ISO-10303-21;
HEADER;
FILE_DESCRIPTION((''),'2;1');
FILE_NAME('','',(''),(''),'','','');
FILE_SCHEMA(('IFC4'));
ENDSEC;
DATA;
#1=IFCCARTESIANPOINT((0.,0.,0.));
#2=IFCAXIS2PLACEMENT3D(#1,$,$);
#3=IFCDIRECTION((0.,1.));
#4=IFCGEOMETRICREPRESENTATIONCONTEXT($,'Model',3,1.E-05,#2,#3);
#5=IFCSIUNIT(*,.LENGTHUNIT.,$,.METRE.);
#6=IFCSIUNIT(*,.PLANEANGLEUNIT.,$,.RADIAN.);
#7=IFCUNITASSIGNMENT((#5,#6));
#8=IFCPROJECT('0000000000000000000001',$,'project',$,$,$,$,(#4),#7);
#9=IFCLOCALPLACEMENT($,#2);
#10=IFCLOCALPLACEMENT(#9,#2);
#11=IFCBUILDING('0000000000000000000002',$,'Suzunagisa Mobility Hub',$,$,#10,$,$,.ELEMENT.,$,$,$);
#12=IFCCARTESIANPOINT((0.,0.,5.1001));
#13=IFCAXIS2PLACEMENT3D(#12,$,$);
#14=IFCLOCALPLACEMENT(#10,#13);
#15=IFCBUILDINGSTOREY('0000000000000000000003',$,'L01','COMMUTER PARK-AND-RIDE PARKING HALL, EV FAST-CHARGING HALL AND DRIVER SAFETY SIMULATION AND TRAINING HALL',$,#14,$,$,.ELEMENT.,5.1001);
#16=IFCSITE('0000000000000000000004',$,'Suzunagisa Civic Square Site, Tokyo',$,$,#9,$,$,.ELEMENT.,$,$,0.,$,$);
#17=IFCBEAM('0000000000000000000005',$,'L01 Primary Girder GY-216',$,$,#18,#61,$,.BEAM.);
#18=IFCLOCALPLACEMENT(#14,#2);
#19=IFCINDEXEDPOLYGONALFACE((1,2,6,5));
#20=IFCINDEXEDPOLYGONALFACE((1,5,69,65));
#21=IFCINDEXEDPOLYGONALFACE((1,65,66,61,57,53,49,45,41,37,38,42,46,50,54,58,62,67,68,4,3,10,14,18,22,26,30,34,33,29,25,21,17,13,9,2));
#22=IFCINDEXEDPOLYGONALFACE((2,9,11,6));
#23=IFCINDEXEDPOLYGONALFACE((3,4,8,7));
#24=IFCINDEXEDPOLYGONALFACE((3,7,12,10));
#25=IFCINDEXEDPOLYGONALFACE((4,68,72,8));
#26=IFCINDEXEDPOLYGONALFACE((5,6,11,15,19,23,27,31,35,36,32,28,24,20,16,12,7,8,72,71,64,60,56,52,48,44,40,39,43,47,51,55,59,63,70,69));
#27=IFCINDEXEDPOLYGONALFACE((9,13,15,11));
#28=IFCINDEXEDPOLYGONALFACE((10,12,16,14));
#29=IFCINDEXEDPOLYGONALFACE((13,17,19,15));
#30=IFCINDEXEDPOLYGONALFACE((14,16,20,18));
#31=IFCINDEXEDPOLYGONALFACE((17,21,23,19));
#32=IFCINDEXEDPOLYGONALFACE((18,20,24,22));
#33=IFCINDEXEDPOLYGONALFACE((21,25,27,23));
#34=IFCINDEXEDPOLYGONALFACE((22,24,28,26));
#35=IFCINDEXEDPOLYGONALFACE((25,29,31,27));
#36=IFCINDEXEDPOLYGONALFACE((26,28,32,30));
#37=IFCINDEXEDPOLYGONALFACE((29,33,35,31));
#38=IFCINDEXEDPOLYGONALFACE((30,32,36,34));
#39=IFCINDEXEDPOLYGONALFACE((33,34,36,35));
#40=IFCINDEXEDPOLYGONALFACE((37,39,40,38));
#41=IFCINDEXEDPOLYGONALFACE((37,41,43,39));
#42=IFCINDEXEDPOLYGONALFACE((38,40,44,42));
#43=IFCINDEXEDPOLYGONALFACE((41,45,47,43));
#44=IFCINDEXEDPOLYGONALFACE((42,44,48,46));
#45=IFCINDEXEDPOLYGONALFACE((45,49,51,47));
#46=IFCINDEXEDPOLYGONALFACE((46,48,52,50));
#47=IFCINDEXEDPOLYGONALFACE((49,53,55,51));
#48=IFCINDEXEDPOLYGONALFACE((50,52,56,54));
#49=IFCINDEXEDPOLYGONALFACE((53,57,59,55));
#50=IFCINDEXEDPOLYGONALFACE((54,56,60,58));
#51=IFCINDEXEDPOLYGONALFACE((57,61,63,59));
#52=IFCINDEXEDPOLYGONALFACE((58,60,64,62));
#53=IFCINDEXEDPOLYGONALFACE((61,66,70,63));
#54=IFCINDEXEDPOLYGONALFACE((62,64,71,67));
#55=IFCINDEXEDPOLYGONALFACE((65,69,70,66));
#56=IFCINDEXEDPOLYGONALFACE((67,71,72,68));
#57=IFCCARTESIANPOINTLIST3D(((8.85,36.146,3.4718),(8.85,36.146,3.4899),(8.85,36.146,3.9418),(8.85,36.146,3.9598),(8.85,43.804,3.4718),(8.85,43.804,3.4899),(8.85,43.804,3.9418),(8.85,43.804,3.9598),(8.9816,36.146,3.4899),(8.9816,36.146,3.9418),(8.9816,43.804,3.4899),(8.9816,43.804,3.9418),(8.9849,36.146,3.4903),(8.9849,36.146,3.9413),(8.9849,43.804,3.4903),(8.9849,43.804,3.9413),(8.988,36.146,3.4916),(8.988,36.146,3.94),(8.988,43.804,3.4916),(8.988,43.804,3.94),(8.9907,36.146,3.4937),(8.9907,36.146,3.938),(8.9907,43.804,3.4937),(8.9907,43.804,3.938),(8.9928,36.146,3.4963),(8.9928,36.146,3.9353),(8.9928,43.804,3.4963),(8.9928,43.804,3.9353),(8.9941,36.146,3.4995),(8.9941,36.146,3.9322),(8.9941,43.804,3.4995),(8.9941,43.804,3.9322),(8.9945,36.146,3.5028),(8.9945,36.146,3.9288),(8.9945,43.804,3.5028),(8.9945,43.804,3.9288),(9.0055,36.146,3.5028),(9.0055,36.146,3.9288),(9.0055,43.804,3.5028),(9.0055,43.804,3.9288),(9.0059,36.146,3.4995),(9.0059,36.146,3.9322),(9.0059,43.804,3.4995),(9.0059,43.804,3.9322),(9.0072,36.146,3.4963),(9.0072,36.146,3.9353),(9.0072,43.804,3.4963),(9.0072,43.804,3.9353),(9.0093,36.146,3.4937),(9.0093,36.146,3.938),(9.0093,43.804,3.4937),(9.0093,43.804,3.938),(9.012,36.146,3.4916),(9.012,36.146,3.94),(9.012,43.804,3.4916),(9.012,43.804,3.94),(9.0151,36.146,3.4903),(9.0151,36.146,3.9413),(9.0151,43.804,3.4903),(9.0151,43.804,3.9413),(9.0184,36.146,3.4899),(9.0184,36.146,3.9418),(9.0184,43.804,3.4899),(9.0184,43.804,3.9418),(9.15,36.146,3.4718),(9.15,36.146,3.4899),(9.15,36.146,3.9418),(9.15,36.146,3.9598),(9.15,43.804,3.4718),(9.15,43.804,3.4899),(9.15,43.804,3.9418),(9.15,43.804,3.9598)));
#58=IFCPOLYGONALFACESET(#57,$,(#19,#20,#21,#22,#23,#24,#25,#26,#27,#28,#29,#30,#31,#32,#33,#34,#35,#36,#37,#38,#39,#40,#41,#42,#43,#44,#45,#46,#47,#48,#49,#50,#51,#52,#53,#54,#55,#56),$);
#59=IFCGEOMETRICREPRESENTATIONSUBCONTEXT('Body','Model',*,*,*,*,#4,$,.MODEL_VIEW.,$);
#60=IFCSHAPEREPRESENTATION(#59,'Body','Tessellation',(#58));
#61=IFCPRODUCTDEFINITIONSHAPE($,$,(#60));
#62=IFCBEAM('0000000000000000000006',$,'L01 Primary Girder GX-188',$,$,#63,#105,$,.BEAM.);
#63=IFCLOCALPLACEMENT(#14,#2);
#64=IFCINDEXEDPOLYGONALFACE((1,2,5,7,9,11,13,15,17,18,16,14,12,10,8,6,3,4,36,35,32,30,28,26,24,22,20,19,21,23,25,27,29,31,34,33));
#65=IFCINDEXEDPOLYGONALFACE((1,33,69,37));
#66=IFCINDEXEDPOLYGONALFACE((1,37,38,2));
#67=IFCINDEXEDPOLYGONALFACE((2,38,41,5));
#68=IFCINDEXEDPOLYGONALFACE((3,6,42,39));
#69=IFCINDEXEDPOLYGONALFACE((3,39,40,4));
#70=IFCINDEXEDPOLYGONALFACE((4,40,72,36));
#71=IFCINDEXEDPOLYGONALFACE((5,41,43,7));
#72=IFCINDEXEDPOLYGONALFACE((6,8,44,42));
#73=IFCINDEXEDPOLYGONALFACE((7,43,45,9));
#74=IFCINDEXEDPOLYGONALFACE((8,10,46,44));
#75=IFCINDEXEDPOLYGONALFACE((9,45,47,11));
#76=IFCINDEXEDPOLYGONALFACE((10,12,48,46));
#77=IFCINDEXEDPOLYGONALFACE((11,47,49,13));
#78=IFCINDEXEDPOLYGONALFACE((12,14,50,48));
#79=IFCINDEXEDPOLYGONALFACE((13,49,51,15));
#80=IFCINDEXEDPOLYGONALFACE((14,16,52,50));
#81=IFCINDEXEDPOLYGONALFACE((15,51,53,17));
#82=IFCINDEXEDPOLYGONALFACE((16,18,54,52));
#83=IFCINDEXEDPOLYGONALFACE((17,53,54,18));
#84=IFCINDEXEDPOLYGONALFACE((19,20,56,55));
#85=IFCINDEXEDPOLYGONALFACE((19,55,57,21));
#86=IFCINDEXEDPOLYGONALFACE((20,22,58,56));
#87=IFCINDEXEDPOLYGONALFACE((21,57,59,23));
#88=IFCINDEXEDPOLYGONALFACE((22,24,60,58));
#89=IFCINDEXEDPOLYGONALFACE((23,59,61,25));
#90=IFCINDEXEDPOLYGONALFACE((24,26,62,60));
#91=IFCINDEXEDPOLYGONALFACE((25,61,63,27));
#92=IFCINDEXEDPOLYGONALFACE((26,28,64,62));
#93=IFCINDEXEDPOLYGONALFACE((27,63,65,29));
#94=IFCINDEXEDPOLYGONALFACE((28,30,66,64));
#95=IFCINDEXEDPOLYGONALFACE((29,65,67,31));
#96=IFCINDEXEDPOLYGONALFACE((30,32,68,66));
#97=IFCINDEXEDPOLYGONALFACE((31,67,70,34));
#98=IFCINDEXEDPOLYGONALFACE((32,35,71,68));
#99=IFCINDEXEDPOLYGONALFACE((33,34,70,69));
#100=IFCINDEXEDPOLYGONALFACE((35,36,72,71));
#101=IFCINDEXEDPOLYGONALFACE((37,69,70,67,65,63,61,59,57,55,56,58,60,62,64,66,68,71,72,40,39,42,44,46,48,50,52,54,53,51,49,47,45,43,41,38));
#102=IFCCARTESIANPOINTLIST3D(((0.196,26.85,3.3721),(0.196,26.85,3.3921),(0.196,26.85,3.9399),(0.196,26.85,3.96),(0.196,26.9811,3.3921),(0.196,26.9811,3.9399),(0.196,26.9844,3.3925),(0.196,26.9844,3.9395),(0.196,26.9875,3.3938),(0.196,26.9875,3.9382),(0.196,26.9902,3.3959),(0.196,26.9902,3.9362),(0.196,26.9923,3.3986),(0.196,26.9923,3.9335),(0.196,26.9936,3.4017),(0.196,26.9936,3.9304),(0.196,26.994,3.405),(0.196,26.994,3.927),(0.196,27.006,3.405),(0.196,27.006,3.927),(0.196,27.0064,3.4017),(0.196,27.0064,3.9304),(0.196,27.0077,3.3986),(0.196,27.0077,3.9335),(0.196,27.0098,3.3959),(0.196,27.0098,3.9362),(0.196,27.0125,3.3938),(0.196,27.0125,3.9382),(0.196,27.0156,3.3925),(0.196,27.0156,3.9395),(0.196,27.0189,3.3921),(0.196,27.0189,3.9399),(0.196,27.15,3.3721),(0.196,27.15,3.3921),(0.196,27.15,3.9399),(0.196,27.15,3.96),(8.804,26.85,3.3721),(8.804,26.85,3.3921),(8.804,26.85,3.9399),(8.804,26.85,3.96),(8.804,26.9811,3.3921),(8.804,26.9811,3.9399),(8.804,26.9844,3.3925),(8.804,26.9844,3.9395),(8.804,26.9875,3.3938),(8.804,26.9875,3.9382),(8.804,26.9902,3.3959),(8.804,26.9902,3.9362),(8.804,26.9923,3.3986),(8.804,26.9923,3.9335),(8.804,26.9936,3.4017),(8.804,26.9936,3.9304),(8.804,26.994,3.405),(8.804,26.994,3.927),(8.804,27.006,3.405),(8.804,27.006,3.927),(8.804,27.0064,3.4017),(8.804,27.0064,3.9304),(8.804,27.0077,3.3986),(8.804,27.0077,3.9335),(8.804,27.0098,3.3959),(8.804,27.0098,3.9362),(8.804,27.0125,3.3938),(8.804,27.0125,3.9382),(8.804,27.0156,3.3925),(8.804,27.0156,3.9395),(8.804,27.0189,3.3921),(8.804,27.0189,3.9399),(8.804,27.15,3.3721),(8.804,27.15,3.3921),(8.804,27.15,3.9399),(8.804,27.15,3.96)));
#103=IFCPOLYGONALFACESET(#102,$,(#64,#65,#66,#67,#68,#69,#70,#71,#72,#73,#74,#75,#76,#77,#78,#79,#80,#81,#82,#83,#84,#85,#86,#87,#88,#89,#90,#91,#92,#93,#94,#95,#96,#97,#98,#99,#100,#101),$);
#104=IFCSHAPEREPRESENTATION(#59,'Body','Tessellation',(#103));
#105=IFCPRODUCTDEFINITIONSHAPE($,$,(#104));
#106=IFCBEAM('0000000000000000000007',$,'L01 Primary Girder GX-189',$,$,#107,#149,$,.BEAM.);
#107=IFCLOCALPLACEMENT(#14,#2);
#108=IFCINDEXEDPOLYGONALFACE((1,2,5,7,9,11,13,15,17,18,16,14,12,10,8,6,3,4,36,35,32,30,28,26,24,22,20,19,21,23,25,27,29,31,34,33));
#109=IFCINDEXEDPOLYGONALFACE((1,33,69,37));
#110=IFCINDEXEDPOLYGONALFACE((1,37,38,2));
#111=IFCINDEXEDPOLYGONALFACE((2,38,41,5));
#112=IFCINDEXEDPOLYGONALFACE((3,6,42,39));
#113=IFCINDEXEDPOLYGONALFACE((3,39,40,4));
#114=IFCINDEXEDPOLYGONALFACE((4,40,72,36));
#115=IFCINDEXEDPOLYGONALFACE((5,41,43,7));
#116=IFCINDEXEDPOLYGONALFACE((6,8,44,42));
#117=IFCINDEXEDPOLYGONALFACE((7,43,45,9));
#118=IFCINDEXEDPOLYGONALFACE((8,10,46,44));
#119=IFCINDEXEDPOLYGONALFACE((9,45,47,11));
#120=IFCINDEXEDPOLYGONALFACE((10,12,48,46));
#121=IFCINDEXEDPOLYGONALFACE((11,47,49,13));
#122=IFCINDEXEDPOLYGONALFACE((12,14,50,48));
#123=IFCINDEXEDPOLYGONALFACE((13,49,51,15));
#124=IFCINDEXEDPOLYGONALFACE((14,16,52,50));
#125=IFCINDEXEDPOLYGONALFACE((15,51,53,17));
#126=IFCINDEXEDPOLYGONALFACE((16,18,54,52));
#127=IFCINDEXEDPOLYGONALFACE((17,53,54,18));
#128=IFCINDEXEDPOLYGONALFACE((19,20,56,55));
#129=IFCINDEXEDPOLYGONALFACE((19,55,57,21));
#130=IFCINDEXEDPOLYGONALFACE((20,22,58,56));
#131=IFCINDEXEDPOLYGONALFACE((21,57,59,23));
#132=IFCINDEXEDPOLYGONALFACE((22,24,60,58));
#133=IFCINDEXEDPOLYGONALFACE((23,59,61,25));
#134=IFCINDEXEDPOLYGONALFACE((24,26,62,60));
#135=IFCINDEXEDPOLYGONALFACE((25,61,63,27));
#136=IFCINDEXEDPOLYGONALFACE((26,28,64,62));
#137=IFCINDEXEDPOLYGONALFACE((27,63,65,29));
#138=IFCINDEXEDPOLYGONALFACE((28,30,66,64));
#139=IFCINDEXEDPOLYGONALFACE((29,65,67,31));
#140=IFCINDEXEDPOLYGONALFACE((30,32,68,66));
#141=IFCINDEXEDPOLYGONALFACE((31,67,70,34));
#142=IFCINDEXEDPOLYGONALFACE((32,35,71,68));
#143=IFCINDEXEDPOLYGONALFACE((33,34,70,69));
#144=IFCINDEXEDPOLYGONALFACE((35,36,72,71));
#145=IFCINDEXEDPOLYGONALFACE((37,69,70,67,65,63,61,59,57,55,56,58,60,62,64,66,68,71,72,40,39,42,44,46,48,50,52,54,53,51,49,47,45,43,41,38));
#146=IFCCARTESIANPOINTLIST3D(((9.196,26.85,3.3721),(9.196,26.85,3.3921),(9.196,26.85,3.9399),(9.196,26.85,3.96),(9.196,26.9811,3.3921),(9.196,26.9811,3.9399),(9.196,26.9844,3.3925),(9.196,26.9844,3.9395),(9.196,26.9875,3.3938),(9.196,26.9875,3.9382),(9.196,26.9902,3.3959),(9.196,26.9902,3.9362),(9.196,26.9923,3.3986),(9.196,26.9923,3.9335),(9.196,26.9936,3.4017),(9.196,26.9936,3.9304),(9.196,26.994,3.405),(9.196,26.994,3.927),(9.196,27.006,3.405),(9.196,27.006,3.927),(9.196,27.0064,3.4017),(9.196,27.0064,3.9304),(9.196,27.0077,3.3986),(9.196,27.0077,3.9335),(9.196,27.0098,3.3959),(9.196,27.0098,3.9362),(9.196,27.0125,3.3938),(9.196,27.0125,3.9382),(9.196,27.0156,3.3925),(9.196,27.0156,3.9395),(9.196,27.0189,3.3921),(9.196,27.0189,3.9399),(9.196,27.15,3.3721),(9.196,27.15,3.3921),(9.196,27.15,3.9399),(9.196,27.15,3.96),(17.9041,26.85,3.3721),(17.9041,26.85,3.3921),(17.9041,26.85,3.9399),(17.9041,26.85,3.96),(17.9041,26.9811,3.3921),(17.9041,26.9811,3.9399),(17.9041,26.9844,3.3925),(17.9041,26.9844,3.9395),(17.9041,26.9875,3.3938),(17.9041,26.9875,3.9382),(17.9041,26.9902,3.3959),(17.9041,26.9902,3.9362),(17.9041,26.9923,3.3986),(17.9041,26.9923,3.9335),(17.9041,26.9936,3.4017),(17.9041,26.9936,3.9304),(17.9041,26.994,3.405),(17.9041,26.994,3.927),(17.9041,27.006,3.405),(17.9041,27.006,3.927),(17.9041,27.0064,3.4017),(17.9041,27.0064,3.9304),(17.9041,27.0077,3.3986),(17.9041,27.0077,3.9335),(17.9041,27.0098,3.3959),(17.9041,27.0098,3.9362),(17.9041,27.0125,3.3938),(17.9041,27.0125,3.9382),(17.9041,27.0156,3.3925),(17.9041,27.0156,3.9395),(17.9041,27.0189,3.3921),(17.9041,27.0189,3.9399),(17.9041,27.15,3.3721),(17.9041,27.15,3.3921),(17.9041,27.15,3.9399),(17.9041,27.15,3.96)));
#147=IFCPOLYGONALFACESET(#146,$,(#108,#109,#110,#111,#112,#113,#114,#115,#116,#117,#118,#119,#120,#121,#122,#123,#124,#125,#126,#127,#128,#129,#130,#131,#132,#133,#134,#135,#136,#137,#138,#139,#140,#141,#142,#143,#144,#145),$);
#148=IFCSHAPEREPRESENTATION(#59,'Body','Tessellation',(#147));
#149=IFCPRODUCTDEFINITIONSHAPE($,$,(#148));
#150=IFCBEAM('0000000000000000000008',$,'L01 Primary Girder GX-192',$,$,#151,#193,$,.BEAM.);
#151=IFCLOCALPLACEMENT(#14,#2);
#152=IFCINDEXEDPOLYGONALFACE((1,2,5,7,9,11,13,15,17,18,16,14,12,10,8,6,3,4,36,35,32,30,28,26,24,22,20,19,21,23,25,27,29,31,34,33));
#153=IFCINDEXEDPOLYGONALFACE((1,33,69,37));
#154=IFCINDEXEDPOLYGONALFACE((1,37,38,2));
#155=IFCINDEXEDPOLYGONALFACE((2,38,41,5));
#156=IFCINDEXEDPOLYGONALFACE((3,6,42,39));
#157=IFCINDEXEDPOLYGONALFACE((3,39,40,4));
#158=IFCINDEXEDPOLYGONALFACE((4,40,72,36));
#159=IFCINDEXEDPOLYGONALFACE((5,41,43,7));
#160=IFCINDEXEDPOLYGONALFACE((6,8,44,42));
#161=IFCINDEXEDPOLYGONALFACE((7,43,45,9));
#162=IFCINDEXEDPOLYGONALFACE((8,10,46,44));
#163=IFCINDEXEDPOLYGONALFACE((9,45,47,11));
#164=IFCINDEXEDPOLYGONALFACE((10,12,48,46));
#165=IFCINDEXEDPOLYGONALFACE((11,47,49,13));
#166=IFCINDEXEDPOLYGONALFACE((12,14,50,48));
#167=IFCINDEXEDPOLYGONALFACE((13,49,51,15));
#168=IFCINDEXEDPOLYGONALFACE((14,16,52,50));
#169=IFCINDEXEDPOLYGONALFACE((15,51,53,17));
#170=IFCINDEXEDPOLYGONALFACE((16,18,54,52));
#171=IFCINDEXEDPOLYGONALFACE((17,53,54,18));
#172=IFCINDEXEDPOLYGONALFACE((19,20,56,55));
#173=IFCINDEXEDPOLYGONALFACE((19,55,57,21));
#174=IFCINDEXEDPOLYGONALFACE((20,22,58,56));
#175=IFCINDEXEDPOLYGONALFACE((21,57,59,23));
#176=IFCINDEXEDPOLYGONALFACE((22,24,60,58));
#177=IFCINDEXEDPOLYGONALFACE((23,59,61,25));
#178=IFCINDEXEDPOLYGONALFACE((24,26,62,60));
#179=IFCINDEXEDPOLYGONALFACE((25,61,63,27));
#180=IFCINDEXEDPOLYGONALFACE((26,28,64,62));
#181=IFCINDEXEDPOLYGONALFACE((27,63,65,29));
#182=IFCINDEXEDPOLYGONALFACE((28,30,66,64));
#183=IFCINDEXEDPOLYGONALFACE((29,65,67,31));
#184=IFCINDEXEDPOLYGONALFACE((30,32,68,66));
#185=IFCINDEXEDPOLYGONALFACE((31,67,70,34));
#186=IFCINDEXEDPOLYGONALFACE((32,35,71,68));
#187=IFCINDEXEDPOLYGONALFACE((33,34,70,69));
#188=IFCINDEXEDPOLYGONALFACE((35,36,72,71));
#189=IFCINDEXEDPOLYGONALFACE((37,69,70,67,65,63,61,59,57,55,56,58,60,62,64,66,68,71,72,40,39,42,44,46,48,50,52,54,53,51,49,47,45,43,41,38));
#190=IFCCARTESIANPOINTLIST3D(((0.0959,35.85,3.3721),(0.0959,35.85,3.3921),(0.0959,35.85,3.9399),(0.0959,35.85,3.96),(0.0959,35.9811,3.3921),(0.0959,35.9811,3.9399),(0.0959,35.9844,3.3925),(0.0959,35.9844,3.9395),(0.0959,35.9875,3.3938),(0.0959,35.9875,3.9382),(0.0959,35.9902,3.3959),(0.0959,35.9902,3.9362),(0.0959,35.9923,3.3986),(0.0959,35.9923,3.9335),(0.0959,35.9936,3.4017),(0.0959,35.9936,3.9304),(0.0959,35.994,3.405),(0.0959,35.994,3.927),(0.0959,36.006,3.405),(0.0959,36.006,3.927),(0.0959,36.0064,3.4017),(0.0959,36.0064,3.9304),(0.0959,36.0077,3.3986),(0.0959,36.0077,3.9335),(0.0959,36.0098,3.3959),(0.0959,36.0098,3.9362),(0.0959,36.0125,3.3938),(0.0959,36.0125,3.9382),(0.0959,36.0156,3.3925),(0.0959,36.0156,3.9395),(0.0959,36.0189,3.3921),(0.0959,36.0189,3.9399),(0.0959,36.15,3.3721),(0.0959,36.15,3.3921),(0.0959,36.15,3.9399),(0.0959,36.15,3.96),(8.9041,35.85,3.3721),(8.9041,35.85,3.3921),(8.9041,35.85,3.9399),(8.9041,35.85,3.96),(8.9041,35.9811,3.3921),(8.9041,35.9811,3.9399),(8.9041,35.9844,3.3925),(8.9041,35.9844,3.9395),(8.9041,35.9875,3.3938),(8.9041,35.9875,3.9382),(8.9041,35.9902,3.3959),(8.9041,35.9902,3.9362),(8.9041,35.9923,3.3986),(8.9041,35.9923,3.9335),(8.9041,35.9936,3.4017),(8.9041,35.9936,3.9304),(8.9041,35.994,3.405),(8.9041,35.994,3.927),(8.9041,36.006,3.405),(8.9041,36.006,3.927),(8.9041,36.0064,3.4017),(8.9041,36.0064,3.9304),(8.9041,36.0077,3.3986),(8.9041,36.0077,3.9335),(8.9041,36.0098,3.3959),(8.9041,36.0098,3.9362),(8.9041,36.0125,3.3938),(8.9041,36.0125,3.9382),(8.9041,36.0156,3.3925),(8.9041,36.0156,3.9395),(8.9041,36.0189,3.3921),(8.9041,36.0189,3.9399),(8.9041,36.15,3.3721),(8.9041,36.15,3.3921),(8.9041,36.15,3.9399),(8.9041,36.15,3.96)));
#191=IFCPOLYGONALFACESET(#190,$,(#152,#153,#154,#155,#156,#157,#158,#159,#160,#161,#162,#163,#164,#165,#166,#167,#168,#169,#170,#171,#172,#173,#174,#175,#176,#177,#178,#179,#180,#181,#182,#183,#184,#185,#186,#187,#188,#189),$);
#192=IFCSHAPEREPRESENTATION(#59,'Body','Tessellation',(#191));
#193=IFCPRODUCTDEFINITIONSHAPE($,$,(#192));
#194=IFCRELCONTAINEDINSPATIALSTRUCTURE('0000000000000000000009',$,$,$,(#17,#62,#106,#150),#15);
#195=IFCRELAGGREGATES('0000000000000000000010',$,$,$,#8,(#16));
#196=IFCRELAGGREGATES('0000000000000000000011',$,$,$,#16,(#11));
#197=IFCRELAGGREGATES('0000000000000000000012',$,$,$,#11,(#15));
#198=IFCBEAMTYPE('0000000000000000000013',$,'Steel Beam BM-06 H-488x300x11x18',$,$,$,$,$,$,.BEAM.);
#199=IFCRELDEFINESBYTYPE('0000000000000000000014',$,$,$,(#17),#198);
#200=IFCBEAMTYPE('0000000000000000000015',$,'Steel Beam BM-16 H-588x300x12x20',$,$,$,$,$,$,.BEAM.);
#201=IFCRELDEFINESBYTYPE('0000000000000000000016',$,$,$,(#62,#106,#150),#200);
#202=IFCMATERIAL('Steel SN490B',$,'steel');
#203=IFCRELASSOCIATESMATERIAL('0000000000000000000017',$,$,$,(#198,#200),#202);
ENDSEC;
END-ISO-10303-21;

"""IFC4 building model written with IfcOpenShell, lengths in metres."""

from ifc_helpers import new_model, si_unit, direction, frame, origin, origin_2d, place, context, subcontext, project, spatial, i_section, extrude, material, material_profile, profile_set, type_object, element, save


model = new_model("IFC4")

# Units and contexts
model_context = context("Model", 3, precision=1e-05, world=origin(), true_north=direction((0.0, 1.0)))
body_context = subcontext(model_context, "Body", "Model", "MODEL_VIEW")
ifc_project = project(units=[si_unit("LENGTHUNIT", "METRE"), si_unit("PLANEANGLEUNIT", "RADIAN")], contexts=[model_context])

# Site, building, storey
site_placement = place(None, origin())
site = spatial("IfcSite", under=ifc_project, at=site_placement, Name="Suzunagisa Civic Square Site, Tokyo", CompositionType="ELEMENT", RefElevation=0.0)
building_placement = place(site_placement, origin())
building = spatial("IfcBuilding", under=site, at=building_placement, Name="Suzunagisa Mobility Hub", CompositionType="ELEMENT")
storey_placement = place(building_placement, frame((0.0, 0.0, 5.1001)))
storey = spatial("IfcBuildingStorey", under=building, at=storey_placement, Name="L01", Description="COMMUTER PARK-AND-RIDE PARKING HALL, EV FAST-CHARGING HALL AND DRIVER SAFETY SIMULATION AND TRAINING HALL", CompositionType="ELEMENT", Elevation=5.1001)

# Shared definitions
ifc_material_1 = material(Name="Steel SN490B", Category="steel")

# Beams
ifc_material_profile_1 = material_profile(ifc_material_1, i_section(OverallWidth=0.3, OverallDepth=0.488, WebThickness=0.011, FlangeThickness=0.0181, FilletRadius=0.0129, at=origin_2d()), Name="H-488x300x11x18")
ifc_profile_set_1 = profile_set([ifc_material_profile_1], Name="Steel SN490B")
beam_type_1 = type_object("IfcBeamType", Name="Steel Beam BM-06 H-488x300x11x18", PredefinedType="BEAM", material=ifc_profile_set_1)
beam_1_placement = place(storey_placement, frame((9.0, 36.146, 3.7158), z_axis=(0.0, 1.0, 0.0), x_axis=(-1.0, 0.0, 0.0)))
element("IfcBeam", 1, at=beam_1_placement, inside=storey, type_object=beam_type_1, Name="L01 Primary Girder GY-216", PredefinedType="BEAM", context=body_context, shape_type="SweptSolid", body=[
    extrude(i_section(OverallWidth=0.3, OverallDepth=0.488, WebThickness=0.011, FlangeThickness=0.0181, FilletRadius=0.0129, at=origin_2d()), origin(), (0.0, 0.0, 1.0), 7.658),
])
ifc_material_profile_2 = material_profile(ifc_material_1, i_section(OverallWidth=0.3, OverallDepth=0.5879, WebThickness=0.012, FlangeThickness=0.02, FilletRadius=0.0129, at=origin_2d()), Name="H-588x300x12x20")
ifc_profile_set_2 = profile_set([ifc_material_profile_2], Name="Steel SN490B")
beam_type_2 = type_object("IfcBeamType", Name="Steel Beam BM-16 H-588x300x12x20", PredefinedType="BEAM", material=ifc_profile_set_2)
beam_2_placement = place(storey_placement, frame((0.196, 27.0, 3.666), z_axis=(1.0, 0.0, 0.0), x_axis=(0.0, 1.0, 0.0)))
element("IfcBeam", 2, at=beam_2_placement, inside=storey, type_object=beam_type_2, Name="L01 Primary Girder GX-188", PredefinedType="BEAM", context=body_context, shape_type="SweptSolid", body=[
    extrude(i_section(OverallWidth=0.3, OverallDepth=0.5879, WebThickness=0.012, FlangeThickness=0.02, FilletRadius=0.0129, at=origin_2d()), origin(), (0.0, 0.0, 1.0), 8.6079),
])
beam_3_placement = place(storey_placement, frame((9.196, 27.0, 3.666), z_axis=(1.0, 0.0, 0.0), x_axis=(0.0, 1.0, 0.0)))
element("IfcBeam", 3, at=beam_3_placement, inside=storey, type_object=beam_type_2, Name="L01 Primary Girder GX-189", PredefinedType="BEAM", context=body_context, shape_type="SweptSolid", body=[
    extrude(i_section(OverallWidth=0.3, OverallDepth=0.5879, WebThickness=0.012, FlangeThickness=0.02, FilletRadius=0.0129, at=origin_2d()), origin(), (0.0, 0.0, 1.0), 8.708),
])
beam_4_placement = place(storey_placement, frame((0.0959, 36.0, 3.666), z_axis=(1.0, 0.0, 0.0), x_axis=(0.0, 1.0, 0.0)))
element("IfcBeam", 4, at=beam_4_placement, inside=storey, type_object=beam_type_2, Name="L01 Primary Girder GX-192", PredefinedType="BEAM", context=body_context, shape_type="SweptSolid", body=[
    extrude(i_section(OverallWidth=0.3, OverallDepth=0.5879, WebThickness=0.012, FlangeThickness=0.02, FilletRadius=0.0129, at=origin_2d()), origin(), (0.0, 0.0, 1.0), 8.8081),
])

save(model, "model.ifc")
